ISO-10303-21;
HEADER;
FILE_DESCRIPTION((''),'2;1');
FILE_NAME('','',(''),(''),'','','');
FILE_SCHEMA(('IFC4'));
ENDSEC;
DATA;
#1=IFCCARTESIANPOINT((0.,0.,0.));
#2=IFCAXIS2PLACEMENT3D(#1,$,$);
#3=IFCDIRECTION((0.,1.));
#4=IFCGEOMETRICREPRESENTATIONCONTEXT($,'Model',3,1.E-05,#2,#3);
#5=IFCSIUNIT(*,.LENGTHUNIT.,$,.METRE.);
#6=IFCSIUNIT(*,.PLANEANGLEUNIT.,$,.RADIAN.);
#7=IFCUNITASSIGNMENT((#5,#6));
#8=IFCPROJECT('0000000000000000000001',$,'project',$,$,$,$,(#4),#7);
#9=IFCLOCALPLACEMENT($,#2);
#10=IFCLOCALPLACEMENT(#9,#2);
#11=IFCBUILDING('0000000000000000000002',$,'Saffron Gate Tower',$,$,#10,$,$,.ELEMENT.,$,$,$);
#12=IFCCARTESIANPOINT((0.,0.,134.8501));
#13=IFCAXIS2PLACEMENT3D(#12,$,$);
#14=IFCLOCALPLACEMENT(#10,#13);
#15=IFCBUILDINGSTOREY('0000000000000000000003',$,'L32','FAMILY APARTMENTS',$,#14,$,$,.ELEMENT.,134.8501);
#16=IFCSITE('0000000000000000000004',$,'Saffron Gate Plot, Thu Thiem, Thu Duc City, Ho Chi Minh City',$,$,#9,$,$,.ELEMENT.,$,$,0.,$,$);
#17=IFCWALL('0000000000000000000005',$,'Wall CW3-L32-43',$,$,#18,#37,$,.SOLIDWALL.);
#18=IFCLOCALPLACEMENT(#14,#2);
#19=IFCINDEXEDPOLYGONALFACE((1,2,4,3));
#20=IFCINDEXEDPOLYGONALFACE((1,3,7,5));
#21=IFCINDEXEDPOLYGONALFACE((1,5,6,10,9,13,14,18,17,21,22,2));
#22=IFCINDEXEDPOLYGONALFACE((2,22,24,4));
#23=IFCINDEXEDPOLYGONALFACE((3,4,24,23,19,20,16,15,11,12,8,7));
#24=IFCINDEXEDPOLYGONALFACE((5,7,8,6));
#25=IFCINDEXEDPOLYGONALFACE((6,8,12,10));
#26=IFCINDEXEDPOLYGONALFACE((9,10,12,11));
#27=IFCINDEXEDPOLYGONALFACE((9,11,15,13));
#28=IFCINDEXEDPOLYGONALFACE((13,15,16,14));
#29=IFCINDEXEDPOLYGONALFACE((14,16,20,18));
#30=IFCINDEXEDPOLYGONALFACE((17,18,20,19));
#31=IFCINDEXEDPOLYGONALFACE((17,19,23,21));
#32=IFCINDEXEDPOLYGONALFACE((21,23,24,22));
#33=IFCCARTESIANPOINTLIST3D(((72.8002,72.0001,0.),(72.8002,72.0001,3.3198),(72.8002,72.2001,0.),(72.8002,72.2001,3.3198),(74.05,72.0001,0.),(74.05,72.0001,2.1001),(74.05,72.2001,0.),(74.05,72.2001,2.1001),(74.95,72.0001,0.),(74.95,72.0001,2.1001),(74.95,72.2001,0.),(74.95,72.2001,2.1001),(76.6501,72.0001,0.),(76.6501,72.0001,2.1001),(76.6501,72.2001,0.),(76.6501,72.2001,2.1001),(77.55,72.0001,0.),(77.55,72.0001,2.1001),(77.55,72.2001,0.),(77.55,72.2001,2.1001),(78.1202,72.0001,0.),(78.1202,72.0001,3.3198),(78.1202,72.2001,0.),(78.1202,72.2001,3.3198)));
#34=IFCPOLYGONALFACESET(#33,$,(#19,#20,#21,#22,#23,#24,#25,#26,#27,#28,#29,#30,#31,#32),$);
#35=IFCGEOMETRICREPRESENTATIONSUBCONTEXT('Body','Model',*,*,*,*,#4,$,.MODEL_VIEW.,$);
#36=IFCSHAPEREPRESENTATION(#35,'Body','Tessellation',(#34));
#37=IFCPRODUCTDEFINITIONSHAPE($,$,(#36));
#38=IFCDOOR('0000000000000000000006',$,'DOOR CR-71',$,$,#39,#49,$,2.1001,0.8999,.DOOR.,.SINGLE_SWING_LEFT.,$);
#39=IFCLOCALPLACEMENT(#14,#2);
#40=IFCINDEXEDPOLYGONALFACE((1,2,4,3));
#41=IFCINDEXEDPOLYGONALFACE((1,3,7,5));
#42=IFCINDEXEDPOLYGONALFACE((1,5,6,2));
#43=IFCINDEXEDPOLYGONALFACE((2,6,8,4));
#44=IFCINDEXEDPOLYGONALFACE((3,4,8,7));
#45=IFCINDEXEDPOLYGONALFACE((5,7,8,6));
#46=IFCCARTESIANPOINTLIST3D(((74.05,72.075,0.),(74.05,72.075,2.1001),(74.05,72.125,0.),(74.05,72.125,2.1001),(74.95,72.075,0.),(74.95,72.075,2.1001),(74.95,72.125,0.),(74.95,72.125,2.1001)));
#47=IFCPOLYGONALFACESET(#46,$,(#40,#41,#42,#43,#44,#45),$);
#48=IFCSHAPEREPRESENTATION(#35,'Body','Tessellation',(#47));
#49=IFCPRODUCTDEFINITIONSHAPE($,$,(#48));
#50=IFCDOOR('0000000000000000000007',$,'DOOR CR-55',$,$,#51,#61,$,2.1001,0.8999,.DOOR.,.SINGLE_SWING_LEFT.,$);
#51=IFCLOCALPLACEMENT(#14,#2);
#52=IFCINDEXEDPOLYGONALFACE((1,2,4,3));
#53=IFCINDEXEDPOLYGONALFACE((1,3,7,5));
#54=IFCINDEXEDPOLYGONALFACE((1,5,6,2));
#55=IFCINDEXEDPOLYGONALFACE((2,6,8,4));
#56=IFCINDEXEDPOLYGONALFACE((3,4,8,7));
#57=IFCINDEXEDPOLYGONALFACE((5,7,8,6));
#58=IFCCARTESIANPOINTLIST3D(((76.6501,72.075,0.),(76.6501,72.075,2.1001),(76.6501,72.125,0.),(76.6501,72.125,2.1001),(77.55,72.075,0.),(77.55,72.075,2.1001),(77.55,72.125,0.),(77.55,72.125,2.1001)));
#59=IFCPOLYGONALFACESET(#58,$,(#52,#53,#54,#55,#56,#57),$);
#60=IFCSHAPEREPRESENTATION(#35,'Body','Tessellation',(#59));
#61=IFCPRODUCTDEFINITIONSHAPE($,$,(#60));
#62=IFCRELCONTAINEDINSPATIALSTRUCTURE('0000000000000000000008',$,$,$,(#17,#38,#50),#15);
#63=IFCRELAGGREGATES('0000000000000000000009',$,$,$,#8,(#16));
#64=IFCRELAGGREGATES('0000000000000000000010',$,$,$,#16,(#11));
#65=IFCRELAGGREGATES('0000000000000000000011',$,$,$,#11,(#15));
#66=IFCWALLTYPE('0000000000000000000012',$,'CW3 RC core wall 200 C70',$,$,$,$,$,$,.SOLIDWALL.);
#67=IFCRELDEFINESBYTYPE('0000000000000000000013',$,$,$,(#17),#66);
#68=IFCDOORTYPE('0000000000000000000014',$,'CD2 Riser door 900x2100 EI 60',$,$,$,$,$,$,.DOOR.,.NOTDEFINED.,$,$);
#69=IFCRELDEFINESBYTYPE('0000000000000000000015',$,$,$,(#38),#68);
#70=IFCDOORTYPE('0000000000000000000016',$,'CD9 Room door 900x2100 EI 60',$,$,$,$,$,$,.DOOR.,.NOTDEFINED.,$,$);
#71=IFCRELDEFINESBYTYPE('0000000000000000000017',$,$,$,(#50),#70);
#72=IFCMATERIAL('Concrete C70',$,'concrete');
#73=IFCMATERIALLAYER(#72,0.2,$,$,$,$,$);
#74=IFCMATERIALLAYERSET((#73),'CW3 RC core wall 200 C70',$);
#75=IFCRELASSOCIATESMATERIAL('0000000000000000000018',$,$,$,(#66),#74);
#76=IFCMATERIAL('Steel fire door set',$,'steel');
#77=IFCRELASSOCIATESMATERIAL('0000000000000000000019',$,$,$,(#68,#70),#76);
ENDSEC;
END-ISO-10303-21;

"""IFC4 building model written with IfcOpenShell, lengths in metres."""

from ifc_helpers import new_model, si_unit, direction, frame, frame_2d, origin, place, context, subcontext, project, spatial, rectangle, extrude, material, layer, layer_set, type_object, element, fill, save


model = new_model("IFC4")

# Units and contexts
model_context = context("Model", 3, precision=1e-05, world=origin(), true_north=direction((0.0, 1.0)))
body_context = subcontext(model_context, "Body", "Model", "MODEL_VIEW")
ifc_project = project(units=[si_unit("LENGTHUNIT", "METRE"), si_unit("PLANEANGLEUNIT", "RADIAN")], contexts=[model_context])

# Site, building, storey
site_placement = place(None, origin())
site = spatial("IfcSite", under=ifc_project, at=site_placement, Name="Saffron Gate Plot, Thu Thiem, Thu Duc City, Ho Chi Minh City", CompositionType="ELEMENT", RefElevation=0.0)
building_placement = place(site_placement, origin())
building = spatial("IfcBuilding", under=site, at=building_placement, Name="Saffron Gate Tower", CompositionType="ELEMENT")
storey_placement = place(building_placement, frame((0.0, 0.0, 134.8501)))
storey = spatial("IfcBuildingStorey", under=building, at=storey_placement, Name="L32", Description="FAMILY APARTMENTS", CompositionType="ELEMENT", Elevation=134.8501)

# Shared definitions
ifc_material_1 = material(Name="Concrete C70", Category="concrete")

# Shared definitions
ifc_material_2 = material(Name="Steel fire door set", Category="steel")
ifc_layer_1 = layer(ifc_material_1, 0.2)
ifc_layer_set_1 = layer_set([ifc_layer_1], Name="CW3 RC core wall 200 C70")
wall_type_1 = type_object("IfcWallType", Name="CW3 RC core wall 200 C70", PredefinedType="SOLIDWALL", material=ifc_layer_set_1)

# Wall, openings, doors
wall_1_placement = place(storey_placement, frame((72.8, 72.1001, 0.0), z_axis=(0.0, 0.0, 1.0), x_axis=(1.0, 0.0, 0.0)))
wall_1 = element("IfcWall", 1, at=wall_1_placement, inside=storey, type_object=wall_type_1, Name="Wall CW3-L32-43", PredefinedType="SOLIDWALL", context=body_context, shape_type="SweptSolid", body=[
    extrude(rectangle(XDim=5.3201, YDim=0.2, at=frame_2d((2.6602, 0.0))), origin(), (0.0, 0.0, 1.0), 3.3198),
])
opening_1_placement = place(wall_1_placement, frame((1.25, 0.0, 0.0)))
opening_1 = element("IfcOpeningElement", 2, at=opening_1_placement, cuts=wall_1, PredefinedType="OPENING", context=body_context, shape_type="SweptSolid", body=[
    extrude(rectangle(XDim=0.8999, YDim=2.1001, at=frame_2d((0.45, 1.05))), frame((0.0, 0.1099, 0.0), z_axis=(0.0, -1.0, 0.0), x_axis=(1.0, 0.0, 0.0)), (0.0, 0.0, 1.0), 0.22),
])
opening_2_placement = place(wall_1_placement, frame((3.8501, 0.0, 0.0)))
opening_2 = element("IfcOpeningElement", 3, at=opening_2_placement, cuts=wall_1, PredefinedType="OPENING", context=body_context, shape_type="SweptSolid", body=[
    extrude(rectangle(XDim=0.8999, YDim=2.1001, at=frame_2d((0.45, 1.05))), frame((0.0, 0.1099, 0.0), z_axis=(0.0, -1.0, 0.0), x_axis=(1.0, 0.0, 0.0)), (0.0, 0.0, 1.0), 0.22),
])
door_type_1 = type_object("IfcDoorType", Name="CD2 Riser door 900x2100 EI 60", OperationType="NOTDEFINED", PredefinedType="DOOR", material=ifc_material_2)
door_1_placement = place(opening_1_placement, origin())
door_1 = element("IfcDoor", 4, at=door_1_placement, inside=storey, type_object=door_type_1, Name="DOOR CR-71", OperationType="SINGLE_SWING_LEFT", OverallHeight=2.1001, OverallWidth=0.8999, PredefinedType="DOOR", context=body_context, shape_type="SweptSolid", body=[
    extrude(rectangle(XDim=0.8999, YDim=2.1001, at=frame_2d((0.45, 1.05))), frame((0.0, 0.0249, 0.0), z_axis=(0.0, -1.0, 0.0), x_axis=(1.0, 0.0, 0.0)), (0.0, 0.0, 1.0), 0.05),
])
fill(opening_1, door_1)
door_type_2 = type_object("IfcDoorType", Name="CD9 Room door 900x2100 EI 60", OperationType="NOTDEFINED", PredefinedType="DOOR", material=ifc_material_2)
door_2_placement = place(opening_2_placement, origin())
door_2 = element("IfcDoor", 5, at=door_2_placement, inside=storey, type_object=door_type_2, Name="DOOR CR-55", OperationType="SINGLE_SWING_LEFT", OverallHeight=2.1001, OverallWidth=0.8999, PredefinedType="DOOR", context=body_context, shape_type="SweptSolid", body=[
    extrude(rectangle(XDim=0.8999, YDim=2.1001, at=frame_2d((0.45, 1.05))), frame((0.0, 0.0249, 0.0), z_axis=(0.0, -1.0, 0.0), x_axis=(1.0, 0.0, 0.0)), (0.0, 0.0, 1.0), 0.05),
])
fill(opening_2, door_2)

save(model, "model.ifc")
